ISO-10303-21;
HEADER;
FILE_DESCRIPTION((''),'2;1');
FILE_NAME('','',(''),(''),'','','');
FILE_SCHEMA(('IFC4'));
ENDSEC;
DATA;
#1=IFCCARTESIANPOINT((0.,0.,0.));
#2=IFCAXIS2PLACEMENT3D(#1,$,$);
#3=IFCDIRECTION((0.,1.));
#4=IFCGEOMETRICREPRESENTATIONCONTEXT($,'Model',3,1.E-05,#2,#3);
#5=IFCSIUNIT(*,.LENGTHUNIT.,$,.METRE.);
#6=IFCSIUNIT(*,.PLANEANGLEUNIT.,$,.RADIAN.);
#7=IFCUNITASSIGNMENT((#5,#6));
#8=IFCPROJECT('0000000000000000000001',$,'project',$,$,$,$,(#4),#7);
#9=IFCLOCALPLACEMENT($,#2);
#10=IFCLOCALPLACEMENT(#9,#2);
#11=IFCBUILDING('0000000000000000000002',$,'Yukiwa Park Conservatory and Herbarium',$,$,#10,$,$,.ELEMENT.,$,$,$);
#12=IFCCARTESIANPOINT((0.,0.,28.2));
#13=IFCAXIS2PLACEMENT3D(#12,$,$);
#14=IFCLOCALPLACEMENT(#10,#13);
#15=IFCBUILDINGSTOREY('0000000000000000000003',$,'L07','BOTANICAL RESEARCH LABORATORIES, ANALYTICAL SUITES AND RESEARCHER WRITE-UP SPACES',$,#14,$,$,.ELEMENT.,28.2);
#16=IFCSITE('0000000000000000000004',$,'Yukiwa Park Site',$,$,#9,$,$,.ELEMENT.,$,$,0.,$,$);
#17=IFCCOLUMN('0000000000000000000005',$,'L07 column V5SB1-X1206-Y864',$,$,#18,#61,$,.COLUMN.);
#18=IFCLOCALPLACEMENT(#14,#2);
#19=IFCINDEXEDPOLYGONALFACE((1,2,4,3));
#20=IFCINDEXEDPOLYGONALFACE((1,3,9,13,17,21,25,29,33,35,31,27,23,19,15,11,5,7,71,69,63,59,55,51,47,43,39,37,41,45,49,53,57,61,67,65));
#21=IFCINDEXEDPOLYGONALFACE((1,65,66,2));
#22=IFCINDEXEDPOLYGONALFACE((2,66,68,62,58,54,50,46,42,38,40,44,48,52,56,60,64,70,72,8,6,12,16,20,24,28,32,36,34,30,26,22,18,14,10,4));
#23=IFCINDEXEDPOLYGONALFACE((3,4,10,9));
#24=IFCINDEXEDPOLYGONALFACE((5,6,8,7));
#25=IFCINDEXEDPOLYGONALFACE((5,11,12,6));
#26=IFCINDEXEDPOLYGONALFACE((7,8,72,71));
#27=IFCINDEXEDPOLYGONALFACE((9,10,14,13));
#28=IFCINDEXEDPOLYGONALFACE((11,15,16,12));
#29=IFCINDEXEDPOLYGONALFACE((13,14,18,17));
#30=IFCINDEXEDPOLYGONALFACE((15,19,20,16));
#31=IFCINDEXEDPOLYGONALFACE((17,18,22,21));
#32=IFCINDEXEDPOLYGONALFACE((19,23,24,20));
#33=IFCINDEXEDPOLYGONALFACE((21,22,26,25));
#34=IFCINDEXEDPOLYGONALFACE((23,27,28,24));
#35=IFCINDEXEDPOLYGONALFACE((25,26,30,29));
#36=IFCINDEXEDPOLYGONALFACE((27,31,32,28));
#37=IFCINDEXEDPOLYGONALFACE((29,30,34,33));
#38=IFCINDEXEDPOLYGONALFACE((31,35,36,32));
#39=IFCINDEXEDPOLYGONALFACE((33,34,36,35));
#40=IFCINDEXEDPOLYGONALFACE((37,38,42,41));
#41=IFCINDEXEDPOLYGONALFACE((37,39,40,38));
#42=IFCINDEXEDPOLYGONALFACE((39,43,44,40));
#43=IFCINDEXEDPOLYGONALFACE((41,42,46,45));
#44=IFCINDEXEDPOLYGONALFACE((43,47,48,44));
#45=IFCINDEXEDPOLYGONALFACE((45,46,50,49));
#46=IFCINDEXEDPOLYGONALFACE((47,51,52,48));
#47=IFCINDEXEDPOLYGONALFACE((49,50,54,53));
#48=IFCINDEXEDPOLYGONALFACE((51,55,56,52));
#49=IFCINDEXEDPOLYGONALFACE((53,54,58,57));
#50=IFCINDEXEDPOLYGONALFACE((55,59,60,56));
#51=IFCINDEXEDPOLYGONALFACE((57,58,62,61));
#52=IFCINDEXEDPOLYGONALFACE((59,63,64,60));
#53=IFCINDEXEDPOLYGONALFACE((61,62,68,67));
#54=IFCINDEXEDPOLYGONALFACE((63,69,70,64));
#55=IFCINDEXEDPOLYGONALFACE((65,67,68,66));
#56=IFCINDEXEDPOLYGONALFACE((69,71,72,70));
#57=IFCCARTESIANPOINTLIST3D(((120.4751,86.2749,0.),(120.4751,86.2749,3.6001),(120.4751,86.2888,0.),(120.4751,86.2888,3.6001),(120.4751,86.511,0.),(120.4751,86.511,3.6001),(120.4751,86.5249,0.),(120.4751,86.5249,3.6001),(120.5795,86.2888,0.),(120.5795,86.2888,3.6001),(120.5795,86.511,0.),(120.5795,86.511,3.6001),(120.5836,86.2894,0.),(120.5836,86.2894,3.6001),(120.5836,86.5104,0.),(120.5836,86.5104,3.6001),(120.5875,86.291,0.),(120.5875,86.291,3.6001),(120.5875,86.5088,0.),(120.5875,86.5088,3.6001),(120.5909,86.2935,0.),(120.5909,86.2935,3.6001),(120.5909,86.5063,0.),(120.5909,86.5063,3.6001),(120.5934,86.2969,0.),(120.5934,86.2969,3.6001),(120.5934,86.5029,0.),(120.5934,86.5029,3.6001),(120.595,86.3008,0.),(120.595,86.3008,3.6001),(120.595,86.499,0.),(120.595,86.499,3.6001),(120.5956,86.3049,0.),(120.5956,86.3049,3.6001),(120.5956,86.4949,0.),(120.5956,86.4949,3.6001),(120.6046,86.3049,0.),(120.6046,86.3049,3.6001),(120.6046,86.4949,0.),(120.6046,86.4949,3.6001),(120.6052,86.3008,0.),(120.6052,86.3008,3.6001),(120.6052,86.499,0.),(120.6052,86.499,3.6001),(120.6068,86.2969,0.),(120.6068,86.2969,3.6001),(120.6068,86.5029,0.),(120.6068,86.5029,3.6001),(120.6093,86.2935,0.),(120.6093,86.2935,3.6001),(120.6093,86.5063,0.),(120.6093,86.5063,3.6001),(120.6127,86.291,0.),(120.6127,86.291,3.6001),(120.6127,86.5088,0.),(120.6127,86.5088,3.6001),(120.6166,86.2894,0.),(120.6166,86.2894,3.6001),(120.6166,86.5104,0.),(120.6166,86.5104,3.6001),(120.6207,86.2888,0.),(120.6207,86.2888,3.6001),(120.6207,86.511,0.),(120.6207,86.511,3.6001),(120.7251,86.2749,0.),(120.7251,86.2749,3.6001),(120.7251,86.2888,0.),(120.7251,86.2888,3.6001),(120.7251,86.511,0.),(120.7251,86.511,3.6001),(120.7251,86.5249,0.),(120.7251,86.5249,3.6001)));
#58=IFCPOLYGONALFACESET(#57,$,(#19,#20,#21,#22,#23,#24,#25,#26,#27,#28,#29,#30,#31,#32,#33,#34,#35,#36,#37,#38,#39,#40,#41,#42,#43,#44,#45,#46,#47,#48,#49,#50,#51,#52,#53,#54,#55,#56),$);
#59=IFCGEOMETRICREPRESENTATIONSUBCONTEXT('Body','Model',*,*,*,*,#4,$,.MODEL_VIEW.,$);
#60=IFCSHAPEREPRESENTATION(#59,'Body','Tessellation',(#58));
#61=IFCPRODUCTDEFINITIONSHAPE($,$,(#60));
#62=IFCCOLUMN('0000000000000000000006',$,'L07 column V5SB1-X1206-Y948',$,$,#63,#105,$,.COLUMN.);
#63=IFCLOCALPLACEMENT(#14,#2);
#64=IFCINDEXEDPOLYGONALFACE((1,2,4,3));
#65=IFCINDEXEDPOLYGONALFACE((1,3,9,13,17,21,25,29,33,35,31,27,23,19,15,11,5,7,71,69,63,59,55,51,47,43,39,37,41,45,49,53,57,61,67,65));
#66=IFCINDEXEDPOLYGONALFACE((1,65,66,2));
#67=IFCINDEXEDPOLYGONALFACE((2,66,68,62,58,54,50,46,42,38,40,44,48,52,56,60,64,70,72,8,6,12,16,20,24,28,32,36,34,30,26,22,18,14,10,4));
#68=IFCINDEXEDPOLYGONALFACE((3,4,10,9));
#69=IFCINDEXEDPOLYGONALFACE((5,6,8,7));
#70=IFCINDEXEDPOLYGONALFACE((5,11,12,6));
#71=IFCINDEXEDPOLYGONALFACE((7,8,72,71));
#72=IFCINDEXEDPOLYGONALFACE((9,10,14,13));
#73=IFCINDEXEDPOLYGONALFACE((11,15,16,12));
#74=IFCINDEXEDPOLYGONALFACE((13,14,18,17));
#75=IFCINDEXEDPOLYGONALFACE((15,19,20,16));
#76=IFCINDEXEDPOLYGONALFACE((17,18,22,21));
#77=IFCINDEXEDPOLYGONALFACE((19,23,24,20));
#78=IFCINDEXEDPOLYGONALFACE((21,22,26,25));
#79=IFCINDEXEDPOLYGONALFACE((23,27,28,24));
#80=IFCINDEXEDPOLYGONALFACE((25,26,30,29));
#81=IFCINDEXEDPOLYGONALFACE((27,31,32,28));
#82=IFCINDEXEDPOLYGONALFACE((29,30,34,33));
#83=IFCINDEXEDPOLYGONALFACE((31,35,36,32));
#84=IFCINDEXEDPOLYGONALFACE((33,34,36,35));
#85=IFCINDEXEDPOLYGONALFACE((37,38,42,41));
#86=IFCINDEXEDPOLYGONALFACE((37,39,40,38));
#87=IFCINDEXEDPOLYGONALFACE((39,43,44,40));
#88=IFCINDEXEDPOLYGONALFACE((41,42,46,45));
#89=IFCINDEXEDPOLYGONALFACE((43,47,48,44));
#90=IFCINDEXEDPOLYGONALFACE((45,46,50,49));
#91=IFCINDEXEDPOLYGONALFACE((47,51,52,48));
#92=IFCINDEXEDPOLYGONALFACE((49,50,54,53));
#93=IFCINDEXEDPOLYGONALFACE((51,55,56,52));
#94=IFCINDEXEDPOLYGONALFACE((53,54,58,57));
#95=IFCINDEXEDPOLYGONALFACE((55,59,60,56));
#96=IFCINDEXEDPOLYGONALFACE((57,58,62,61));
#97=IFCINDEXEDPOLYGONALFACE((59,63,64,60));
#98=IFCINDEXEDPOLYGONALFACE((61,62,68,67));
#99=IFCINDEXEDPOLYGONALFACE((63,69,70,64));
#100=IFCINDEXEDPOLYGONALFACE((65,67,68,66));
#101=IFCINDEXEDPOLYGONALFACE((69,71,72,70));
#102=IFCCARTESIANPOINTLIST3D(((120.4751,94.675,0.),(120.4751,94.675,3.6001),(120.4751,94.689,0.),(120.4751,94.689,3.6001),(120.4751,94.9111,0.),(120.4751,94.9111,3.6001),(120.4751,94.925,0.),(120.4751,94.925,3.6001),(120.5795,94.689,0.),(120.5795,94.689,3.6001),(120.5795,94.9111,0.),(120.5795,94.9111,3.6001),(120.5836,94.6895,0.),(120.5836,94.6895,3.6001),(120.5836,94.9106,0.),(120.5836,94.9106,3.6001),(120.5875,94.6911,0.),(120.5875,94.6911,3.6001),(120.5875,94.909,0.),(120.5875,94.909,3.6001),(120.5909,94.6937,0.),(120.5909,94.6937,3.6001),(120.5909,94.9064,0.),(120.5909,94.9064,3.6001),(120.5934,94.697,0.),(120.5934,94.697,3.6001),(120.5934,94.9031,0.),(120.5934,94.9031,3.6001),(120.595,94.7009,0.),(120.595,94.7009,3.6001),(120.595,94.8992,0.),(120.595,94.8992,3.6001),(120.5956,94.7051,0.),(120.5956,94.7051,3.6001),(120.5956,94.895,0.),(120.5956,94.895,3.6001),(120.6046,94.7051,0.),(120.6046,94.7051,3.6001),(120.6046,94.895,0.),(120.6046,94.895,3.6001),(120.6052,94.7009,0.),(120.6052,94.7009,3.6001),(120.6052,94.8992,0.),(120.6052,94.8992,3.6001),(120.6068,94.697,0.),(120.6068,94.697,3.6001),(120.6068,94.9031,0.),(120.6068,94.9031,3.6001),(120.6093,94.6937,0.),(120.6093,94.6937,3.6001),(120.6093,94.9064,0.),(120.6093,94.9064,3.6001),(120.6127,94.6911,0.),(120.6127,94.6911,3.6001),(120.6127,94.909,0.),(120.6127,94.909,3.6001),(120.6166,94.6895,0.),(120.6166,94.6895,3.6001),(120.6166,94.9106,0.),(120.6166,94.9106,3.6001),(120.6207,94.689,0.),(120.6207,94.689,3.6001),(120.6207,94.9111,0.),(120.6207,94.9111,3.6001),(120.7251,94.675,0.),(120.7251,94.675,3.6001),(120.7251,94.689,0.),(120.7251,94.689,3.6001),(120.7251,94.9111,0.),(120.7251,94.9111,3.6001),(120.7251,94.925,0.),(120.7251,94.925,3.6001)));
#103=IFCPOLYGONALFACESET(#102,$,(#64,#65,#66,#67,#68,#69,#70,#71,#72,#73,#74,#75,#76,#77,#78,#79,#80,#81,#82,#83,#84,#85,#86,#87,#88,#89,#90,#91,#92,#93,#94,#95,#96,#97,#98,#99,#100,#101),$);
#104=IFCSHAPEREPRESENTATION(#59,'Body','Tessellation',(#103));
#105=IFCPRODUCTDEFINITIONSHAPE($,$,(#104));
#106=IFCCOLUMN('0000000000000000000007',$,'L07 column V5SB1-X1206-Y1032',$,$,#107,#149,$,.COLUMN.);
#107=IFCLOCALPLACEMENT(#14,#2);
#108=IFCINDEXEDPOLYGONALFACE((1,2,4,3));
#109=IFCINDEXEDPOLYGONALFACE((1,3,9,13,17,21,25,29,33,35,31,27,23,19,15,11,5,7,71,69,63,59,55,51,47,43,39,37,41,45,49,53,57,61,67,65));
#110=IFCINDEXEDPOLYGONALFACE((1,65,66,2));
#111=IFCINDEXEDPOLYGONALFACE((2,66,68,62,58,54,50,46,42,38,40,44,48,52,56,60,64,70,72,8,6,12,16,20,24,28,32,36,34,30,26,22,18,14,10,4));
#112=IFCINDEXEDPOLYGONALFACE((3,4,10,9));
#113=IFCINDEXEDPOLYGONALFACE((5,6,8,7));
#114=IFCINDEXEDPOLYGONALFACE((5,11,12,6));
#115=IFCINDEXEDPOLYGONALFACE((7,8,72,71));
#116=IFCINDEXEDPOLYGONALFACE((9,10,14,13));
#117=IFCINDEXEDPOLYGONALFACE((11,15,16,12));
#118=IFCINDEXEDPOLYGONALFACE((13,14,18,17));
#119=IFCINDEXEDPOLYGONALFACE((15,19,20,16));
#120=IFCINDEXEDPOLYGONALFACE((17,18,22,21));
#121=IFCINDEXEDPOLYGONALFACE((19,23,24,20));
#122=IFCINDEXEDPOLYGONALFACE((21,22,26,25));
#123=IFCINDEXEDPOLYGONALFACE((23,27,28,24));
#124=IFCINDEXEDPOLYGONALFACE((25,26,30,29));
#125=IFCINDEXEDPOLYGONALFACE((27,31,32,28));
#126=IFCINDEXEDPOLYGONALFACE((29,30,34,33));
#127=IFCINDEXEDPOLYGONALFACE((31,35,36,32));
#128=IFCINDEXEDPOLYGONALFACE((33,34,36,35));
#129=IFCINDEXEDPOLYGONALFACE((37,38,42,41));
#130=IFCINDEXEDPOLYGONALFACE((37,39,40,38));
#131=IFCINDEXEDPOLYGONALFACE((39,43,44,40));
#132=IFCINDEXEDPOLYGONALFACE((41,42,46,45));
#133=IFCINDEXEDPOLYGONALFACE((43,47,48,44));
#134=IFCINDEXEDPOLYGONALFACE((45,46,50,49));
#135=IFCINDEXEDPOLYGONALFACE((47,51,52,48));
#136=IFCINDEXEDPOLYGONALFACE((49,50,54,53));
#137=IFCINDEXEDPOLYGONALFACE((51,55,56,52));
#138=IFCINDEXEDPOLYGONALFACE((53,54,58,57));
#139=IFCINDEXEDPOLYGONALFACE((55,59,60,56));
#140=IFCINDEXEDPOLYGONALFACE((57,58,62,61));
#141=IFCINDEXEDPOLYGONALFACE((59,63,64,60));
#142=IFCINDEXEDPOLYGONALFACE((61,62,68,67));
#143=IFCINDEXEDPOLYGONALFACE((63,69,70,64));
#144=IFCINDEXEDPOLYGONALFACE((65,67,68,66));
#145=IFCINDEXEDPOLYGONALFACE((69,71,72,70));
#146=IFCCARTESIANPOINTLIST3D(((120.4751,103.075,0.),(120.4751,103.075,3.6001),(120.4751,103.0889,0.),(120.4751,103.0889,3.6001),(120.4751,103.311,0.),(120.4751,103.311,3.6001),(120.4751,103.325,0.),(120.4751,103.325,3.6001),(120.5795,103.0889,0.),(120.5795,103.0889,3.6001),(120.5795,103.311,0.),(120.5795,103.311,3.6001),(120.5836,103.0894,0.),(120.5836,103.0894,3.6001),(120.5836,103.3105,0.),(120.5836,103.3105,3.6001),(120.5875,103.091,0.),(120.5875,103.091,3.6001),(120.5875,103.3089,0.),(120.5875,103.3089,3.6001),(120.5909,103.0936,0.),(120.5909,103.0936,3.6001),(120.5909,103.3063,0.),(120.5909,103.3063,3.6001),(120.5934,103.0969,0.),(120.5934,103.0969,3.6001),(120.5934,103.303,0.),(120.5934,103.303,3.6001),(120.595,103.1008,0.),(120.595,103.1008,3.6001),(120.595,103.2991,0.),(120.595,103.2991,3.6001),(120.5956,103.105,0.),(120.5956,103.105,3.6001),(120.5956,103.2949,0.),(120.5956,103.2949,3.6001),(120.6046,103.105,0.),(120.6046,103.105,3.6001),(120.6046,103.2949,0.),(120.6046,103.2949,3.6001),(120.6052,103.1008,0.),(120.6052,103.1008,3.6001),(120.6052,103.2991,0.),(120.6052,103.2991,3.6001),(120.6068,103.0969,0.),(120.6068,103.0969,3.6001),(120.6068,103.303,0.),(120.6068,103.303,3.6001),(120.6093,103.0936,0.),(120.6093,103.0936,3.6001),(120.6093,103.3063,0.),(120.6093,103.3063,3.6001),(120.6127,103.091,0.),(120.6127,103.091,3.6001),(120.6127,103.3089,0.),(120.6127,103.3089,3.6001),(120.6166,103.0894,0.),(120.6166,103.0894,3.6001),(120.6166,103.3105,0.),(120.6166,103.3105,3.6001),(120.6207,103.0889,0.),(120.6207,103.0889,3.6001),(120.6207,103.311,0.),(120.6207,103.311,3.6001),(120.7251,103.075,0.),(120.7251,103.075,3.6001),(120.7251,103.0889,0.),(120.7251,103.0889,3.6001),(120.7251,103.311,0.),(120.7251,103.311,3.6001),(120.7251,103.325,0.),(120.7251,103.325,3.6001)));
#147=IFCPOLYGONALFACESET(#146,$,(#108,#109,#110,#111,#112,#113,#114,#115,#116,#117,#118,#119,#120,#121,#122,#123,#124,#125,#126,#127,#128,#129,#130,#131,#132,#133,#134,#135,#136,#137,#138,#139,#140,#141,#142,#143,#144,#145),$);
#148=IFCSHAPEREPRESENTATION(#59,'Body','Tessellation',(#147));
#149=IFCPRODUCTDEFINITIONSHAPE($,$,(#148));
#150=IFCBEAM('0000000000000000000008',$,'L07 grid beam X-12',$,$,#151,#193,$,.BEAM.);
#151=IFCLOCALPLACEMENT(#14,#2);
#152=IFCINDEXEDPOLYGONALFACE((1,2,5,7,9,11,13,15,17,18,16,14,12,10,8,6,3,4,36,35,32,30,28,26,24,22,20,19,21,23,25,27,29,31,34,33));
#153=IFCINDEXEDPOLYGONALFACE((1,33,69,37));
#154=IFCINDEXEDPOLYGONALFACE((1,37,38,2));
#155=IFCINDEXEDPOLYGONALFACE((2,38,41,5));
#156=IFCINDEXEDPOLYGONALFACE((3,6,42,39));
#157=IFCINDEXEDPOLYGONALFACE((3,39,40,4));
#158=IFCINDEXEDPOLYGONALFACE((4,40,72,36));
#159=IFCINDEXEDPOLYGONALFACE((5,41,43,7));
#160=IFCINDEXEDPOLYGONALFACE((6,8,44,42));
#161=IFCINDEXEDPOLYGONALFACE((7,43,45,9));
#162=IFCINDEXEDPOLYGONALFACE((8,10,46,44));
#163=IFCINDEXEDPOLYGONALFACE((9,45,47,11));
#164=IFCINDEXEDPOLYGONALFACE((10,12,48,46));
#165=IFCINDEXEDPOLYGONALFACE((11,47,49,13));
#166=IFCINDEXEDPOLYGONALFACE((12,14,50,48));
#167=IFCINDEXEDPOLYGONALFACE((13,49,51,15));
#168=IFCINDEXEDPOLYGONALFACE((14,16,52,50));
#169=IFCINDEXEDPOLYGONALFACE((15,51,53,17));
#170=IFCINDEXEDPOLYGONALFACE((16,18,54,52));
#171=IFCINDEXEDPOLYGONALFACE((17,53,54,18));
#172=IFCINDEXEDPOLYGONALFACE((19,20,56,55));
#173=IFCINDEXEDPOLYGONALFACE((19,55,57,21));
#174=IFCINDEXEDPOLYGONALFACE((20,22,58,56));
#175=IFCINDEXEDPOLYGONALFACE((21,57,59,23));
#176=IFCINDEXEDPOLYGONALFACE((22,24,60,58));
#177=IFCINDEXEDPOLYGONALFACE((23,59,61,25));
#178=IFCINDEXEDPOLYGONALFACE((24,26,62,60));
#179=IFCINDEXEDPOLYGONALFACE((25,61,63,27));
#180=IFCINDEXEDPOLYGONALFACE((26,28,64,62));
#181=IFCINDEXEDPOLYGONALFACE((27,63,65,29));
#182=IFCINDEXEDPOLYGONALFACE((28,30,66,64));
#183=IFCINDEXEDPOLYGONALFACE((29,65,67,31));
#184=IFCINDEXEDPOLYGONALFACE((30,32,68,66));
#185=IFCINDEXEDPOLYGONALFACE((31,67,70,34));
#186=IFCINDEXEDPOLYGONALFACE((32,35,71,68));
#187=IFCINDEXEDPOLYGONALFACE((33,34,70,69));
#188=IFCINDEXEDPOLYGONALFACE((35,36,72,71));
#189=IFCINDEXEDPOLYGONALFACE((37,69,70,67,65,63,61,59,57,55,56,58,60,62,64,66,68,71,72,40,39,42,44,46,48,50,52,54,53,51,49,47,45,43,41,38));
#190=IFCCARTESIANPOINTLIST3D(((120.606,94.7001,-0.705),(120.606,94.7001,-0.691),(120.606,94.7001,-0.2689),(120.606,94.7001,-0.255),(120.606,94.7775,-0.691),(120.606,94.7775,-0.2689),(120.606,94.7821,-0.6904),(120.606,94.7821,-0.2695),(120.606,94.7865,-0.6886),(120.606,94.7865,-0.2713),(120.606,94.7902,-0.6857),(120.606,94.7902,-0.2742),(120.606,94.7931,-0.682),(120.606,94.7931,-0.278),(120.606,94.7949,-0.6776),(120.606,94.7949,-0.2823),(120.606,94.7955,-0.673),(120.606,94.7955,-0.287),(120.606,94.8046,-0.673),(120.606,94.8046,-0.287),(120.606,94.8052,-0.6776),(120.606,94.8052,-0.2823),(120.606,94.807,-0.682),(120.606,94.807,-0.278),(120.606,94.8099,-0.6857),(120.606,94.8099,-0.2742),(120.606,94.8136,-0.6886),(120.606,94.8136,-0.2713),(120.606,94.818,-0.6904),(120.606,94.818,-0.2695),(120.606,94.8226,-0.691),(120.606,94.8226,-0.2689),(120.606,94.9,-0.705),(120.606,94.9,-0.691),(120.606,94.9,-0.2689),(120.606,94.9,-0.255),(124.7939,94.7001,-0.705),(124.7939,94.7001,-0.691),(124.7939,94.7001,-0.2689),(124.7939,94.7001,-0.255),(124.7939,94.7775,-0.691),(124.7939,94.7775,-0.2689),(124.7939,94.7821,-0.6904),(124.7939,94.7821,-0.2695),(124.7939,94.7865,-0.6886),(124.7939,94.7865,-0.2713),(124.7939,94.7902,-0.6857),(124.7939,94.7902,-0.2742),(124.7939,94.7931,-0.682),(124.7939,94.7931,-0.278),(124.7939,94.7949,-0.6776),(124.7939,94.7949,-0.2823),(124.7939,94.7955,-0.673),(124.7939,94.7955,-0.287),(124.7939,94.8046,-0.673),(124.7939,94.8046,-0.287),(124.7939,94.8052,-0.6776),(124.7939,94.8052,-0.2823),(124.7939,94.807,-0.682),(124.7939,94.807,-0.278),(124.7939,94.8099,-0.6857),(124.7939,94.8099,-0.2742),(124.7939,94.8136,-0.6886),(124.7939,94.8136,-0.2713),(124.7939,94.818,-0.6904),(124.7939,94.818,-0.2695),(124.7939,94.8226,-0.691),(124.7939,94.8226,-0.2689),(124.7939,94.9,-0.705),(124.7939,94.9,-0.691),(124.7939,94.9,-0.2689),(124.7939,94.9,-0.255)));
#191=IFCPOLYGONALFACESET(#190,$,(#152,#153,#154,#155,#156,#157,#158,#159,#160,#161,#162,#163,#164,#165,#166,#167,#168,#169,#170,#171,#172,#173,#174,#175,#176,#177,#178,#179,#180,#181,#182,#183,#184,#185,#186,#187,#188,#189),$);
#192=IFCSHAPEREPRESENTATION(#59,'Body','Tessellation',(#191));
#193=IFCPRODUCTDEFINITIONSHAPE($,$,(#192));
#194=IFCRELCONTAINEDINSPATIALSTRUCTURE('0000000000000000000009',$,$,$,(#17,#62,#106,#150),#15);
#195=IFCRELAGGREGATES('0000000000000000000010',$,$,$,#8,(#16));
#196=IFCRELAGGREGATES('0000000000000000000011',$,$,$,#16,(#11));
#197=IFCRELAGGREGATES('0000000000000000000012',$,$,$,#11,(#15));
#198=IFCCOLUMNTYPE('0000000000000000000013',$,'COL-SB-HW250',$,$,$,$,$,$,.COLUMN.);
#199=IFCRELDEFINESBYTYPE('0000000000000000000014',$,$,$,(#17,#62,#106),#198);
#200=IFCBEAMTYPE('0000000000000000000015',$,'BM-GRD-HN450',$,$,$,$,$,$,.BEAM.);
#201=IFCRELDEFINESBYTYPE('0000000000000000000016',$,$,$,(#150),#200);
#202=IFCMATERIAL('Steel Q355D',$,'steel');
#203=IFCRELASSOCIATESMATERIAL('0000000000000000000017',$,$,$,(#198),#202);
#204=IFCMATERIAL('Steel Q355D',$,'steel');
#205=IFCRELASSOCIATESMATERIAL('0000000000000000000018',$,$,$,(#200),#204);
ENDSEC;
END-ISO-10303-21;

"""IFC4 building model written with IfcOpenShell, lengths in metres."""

from ifc_helpers import new_model, si_unit, direction, frame, origin, origin_2d, place, context, subcontext, project, spatial, i_section, extrude, material, material_profile, profile_set, type_object, element, save


model = new_model("IFC4")

# Units and contexts
model_context = context("Model", 3, precision=1e-05, world=origin(), true_north=direction((0.0, 1.0)))
body_context = subcontext(model_context, "Body", "Model", "MODEL_VIEW")
ifc_project = project(units=[si_unit("LENGTHUNIT", "METRE"), si_unit("PLANEANGLEUNIT", "RADIAN")], contexts=[model_context])

# Site, building, storey
site_placement = place(None, origin())
site = spatial("IfcSite", under=ifc_project, at=site_placement, Name="Yukiwa Park Site", CompositionType="ELEMENT", RefElevation=0.0)
building_placement = place(site_placement, origin())
building = spatial("IfcBuilding", under=site, at=building_placement, Name="Yukiwa Park Conservatory and Herbarium", CompositionType="ELEMENT")
storey_placement = place(building_placement, frame((0.0, 0.0, 28.2)))
storey = spatial("IfcBuildingStorey", under=building, at=storey_placement, Name="L07", Description="BOTANICAL RESEARCH LABORATORIES, ANALYTICAL SUITES AND RESEARCHER WRITE-UP SPACES", CompositionType="ELEMENT", Elevation=28.2)

# Columns
ifc_material_1 = material(Name="Steel Q355D", Category="steel")
ifc_material_profile_1 = material_profile(ifc_material_1, i_section(OverallWidth=0.25, OverallDepth=0.25, WebThickness=0.009, FlangeThickness=0.0139, FilletRadius=0.0161, at=origin_2d()), Name="HW 250x250x9x14")
ifc_profile_set_1 = profile_set([ifc_material_profile_1], Name="Steel Q355D")
column_type = type_object("IfcColumnType", Name="COL-SB-HW250", PredefinedType="COLUMN", material=ifc_profile_set_1)
for number, where, z_axis, x_axis, name in (
    (1, (120.6001, 86.3999, 0.0), (0.0, 0.0, 1.0), (1.0, 0.0, 0.0), "L07 column V5SB1-X1206-Y864"),
    (2, (120.6001, 94.8, 0.0), (0.0, 0.0, 1.0), (1.0, 0.0, 0.0), "L07 column V5SB1-X1206-Y948"),
    (3, (120.6001, 103.2, 0.0), (0.0, 0.0, 1.0), (1.0, 0.0, 0.0), "L07 column V5SB1-X1206-Y1032"),
):
    element("IfcColumn", number, at=place(storey_placement, frame(where, z_axis=z_axis, x_axis=x_axis)), inside=storey, type_object=column_type, Name=name, PredefinedType="COLUMN", context=body_context, shape_type="SweptSolid", body=[
        extrude(i_section(OverallWidth=0.25, OverallDepth=0.25, WebThickness=0.009, FlangeThickness=0.0139, FilletRadius=0.0161, at=origin_2d()), origin(), (0.0, 0.0, 1.0), 3.6001),
    ])

# Beam
ifc_material_2 = material(Name="Steel Q355D", Category="steel")
ifc_material_profile_2 = material_profile(ifc_material_2, i_section(OverallWidth=0.2, OverallDepth=0.45, WebThickness=0.009, FlangeThickness=0.0139, FilletRadius=0.0181, at=origin_2d()), Name="HN 450x200x9x14")
ifc_profile_set_2 = profile_set([ifc_material_profile_2], Name="Steel Q355D")
beam_type_1 = type_object("IfcBeamType", Name="BM-GRD-HN450", PredefinedType="BEAM", material=ifc_profile_set_2)
beam_1_placement = place(storey_placement, frame((120.606, 94.8, -0.48), z_axis=(1.0, 0.0, 0.0), x_axis=(0.0, 1.0, 0.0)))
element("IfcBeam", 4, at=beam_1_placement, inside=storey, type_object=beam_type_1, Name="L07 grid beam X-12", PredefinedType="BEAM", context=body_context, shape_type="SweptSolid", body=[
    extrude(i_section(OverallWidth=0.2, OverallDepth=0.45, WebThickness=0.009, FlangeThickness=0.0139, FilletRadius=0.0181, at=origin_2d()), origin(), (0.0, 0.0, 1.0), 4.188),
])

save(model, "model.ifc")
